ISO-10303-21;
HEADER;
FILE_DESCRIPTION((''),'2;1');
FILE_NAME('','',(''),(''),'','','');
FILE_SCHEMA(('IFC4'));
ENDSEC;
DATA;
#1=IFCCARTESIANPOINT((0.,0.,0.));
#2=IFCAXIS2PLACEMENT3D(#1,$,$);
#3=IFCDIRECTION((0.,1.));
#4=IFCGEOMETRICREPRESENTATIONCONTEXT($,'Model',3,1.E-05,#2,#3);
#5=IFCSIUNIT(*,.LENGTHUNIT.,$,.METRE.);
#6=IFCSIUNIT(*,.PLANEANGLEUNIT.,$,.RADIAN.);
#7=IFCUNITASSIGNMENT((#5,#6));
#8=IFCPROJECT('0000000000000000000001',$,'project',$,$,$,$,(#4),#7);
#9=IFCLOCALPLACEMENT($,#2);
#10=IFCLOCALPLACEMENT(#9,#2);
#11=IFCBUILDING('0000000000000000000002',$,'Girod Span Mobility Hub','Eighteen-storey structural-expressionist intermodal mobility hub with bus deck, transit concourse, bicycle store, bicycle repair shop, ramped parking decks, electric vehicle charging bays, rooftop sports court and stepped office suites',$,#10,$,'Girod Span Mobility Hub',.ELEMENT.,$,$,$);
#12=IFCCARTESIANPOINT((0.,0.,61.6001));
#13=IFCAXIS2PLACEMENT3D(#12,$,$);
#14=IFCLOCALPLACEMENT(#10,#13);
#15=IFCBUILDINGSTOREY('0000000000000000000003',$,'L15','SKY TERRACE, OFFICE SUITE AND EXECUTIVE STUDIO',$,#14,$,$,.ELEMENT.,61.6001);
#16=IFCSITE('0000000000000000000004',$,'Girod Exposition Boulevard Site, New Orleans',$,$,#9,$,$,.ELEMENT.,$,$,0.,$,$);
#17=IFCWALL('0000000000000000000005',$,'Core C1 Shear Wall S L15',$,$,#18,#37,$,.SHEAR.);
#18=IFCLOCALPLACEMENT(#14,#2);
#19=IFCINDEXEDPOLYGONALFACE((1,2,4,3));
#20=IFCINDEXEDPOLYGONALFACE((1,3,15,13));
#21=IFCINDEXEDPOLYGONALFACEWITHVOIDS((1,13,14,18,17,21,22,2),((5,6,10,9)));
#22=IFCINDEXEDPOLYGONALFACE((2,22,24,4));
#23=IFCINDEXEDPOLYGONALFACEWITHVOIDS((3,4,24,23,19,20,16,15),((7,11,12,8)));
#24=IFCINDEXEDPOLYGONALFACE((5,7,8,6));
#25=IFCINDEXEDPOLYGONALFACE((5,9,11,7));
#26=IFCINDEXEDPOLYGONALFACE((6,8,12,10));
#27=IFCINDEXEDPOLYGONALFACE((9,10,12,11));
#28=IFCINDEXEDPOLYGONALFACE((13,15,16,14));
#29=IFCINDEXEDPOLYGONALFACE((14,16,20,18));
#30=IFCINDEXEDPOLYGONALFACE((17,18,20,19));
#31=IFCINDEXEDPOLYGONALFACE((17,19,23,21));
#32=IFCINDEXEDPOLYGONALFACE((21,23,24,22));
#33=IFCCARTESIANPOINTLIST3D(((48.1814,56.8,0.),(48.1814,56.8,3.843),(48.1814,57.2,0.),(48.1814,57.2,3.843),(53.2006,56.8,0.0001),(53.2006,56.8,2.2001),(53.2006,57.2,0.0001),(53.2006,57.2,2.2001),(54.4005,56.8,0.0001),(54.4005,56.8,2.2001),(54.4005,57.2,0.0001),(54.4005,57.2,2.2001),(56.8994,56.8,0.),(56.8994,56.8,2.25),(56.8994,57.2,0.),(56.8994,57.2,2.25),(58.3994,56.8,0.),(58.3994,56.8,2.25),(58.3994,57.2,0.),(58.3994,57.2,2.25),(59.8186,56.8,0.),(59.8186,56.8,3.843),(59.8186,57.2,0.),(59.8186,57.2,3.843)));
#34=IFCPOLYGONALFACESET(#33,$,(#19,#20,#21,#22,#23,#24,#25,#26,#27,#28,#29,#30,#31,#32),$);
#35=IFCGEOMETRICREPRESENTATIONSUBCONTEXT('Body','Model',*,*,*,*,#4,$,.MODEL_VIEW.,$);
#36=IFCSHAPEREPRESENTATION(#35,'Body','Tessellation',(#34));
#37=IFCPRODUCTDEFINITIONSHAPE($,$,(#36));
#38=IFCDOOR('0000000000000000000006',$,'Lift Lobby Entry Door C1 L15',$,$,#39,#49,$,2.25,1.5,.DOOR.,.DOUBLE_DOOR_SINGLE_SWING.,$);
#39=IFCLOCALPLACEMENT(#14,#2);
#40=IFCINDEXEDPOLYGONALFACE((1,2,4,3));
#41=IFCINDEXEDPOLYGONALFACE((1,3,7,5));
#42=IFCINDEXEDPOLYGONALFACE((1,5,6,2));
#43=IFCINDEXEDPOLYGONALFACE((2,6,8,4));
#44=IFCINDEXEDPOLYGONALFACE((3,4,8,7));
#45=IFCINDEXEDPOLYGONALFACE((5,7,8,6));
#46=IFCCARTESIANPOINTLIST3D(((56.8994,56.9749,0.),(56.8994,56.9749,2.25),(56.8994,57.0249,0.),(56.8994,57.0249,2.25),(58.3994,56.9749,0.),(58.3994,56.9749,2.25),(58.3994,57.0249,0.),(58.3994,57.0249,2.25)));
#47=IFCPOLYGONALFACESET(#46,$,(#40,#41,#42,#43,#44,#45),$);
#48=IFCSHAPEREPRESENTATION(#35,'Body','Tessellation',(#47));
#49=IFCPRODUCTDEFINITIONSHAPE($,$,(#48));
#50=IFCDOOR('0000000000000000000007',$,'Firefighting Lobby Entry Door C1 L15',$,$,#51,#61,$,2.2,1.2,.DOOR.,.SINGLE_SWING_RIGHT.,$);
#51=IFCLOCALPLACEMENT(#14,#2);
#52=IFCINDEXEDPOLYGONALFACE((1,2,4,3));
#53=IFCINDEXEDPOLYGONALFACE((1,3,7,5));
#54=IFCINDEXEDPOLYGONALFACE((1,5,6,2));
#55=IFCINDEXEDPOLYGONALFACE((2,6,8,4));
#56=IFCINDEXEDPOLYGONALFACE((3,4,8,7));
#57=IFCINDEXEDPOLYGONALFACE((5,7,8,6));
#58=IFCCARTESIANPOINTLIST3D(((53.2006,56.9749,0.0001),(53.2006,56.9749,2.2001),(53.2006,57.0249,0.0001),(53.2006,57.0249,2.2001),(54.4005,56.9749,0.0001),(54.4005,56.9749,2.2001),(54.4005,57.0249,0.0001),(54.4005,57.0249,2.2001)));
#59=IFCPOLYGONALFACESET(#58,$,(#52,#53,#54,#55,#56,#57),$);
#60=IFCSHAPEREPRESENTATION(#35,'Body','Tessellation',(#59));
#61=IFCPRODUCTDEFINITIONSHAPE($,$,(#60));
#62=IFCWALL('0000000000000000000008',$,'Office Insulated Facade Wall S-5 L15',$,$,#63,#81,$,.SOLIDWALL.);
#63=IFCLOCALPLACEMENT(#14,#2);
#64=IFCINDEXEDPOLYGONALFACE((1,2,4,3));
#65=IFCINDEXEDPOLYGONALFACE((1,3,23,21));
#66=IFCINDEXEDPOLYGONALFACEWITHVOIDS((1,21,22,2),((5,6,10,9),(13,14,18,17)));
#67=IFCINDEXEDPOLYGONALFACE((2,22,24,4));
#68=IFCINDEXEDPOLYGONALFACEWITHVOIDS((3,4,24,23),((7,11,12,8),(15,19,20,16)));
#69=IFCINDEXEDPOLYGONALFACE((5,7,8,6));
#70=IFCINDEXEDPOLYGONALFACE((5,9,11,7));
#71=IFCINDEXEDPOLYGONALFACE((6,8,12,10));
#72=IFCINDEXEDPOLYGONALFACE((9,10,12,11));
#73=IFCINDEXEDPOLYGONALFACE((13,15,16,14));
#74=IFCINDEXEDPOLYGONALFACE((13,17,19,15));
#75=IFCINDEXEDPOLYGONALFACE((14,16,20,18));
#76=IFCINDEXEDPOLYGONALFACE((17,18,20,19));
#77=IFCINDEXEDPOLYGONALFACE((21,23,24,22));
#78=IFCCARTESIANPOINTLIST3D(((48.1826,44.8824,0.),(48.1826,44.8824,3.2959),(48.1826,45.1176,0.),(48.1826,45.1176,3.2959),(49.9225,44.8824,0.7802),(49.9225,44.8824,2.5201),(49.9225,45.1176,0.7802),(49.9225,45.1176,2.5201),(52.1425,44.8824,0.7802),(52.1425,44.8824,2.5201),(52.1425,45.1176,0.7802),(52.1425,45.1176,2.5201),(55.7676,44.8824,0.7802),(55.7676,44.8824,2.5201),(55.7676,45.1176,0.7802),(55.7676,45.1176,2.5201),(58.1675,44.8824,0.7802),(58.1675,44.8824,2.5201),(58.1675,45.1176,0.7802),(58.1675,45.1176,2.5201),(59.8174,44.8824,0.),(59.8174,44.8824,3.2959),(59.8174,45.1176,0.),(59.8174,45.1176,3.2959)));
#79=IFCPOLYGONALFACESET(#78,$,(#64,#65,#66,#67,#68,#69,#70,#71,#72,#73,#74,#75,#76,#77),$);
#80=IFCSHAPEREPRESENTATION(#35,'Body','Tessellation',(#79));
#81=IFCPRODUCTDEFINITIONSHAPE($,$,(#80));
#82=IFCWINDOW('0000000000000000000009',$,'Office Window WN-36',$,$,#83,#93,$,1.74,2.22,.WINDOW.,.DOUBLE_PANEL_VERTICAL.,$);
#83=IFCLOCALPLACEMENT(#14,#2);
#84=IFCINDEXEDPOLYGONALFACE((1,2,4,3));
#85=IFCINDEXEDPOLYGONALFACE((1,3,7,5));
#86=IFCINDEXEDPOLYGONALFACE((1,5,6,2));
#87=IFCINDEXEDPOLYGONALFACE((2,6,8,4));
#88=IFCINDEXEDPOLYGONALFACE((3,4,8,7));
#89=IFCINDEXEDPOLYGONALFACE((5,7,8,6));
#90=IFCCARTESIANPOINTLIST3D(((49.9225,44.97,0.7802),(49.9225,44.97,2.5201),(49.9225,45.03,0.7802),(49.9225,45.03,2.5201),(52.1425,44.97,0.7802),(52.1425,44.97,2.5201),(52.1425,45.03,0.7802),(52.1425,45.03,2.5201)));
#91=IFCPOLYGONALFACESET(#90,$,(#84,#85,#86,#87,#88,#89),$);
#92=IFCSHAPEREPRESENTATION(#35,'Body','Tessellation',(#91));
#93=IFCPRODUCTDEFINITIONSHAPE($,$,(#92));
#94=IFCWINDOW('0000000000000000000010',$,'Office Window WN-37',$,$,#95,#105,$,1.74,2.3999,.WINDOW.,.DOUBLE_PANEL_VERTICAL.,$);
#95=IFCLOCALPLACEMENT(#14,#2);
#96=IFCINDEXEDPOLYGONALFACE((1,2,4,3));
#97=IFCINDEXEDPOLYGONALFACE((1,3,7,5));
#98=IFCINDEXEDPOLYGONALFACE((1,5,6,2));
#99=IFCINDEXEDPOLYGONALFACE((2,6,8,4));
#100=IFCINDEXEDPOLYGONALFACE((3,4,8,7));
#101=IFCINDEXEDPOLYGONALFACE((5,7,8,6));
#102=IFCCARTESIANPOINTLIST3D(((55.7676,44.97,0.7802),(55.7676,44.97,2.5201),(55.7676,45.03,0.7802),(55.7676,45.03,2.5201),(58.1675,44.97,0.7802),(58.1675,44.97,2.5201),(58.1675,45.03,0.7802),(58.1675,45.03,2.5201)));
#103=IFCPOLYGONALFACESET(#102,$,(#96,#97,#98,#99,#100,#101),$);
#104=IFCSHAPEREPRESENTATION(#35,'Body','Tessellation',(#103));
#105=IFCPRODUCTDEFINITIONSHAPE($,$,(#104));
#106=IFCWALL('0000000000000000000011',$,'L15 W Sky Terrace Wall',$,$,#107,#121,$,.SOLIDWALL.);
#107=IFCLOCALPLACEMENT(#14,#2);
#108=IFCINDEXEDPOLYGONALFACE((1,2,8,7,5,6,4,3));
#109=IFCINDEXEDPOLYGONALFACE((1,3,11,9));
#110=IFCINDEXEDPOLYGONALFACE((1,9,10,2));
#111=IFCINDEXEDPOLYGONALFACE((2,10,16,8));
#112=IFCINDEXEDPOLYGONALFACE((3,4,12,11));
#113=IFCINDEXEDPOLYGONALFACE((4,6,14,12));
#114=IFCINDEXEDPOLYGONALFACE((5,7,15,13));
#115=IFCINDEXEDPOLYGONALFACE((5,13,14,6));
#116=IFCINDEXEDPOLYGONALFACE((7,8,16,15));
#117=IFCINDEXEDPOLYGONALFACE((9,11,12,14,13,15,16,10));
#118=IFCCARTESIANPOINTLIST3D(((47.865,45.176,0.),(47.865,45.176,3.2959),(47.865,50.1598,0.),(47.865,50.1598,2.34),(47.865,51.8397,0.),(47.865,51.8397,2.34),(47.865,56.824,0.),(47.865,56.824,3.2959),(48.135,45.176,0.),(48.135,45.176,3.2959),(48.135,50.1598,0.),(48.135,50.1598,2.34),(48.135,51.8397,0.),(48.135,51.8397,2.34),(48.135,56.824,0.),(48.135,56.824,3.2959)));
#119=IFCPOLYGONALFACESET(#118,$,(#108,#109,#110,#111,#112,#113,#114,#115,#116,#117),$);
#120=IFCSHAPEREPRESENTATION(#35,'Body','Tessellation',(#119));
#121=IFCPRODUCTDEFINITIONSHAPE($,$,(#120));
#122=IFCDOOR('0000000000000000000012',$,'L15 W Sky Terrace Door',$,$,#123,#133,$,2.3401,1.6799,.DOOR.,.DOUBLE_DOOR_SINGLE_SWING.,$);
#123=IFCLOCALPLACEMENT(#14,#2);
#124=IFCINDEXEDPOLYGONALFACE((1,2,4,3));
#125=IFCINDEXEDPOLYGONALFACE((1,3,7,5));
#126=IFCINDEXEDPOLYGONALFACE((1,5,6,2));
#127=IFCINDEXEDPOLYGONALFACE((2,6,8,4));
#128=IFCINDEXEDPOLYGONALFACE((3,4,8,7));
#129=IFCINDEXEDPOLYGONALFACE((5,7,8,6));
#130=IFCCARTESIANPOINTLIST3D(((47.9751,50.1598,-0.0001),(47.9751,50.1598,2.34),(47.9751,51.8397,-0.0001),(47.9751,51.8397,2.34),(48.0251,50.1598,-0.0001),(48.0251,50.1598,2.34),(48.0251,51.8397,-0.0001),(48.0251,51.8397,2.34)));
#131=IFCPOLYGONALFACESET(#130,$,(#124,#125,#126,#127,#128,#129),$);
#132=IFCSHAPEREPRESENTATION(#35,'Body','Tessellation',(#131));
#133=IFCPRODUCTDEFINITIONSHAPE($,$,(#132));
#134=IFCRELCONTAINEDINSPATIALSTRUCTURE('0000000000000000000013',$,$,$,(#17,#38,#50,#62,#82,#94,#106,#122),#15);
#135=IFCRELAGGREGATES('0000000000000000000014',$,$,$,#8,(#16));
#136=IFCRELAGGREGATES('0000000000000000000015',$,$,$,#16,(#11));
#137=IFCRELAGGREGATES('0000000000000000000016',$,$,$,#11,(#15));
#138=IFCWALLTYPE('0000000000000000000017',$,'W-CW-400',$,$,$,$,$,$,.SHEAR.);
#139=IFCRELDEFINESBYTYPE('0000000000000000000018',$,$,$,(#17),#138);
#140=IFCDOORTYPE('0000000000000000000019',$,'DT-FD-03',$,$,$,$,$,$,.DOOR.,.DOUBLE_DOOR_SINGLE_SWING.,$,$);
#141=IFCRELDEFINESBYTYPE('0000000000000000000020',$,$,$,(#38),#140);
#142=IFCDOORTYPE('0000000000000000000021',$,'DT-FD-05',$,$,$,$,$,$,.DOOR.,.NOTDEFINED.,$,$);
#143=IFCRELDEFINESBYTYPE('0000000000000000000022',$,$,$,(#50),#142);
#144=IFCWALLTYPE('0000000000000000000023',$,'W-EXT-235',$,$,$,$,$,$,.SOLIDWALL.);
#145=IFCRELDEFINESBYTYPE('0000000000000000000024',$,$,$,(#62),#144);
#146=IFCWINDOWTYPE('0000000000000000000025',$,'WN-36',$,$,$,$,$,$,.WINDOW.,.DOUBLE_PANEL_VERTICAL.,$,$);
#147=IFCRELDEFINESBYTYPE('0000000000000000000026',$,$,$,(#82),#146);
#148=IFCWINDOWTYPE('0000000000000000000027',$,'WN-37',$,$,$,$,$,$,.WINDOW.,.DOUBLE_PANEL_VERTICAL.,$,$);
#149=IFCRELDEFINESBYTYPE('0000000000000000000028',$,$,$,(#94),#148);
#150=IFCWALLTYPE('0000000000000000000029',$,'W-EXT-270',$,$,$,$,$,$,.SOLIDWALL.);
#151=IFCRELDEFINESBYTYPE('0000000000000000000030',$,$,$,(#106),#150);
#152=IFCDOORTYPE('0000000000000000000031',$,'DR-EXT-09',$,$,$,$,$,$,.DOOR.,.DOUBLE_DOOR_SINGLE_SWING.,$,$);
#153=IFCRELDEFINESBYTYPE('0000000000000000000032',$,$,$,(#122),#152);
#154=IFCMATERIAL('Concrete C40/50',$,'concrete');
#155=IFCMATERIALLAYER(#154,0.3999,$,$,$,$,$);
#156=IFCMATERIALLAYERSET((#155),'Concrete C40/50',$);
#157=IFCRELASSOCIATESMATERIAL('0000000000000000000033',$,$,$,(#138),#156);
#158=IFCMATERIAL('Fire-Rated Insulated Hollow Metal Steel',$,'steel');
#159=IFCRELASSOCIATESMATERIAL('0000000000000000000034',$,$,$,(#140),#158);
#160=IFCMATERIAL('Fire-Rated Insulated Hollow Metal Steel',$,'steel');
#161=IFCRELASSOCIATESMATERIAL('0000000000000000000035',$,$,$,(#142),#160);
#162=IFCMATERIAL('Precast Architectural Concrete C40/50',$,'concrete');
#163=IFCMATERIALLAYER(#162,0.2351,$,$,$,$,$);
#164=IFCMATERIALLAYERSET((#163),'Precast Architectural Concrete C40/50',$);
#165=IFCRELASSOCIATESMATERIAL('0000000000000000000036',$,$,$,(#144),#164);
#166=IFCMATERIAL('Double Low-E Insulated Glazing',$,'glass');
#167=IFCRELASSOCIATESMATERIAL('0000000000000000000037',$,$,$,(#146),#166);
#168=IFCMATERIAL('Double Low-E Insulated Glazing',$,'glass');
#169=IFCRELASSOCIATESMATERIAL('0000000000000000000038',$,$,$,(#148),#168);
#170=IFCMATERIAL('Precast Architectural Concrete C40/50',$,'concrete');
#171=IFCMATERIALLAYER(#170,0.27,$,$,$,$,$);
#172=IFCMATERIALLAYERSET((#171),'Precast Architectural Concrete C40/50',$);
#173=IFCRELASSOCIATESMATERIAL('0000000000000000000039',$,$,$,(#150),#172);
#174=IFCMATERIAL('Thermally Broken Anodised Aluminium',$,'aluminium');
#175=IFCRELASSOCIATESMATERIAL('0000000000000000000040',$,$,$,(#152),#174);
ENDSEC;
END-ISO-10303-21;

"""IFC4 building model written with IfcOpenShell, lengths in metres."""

from ifc_helpers import new_model, si_unit, direction, frame, frame_2d, origin, place, context, subcontext, project, spatial, rectangle, extrude, material, layer, layer_set, type_object, element, fill, save


model = new_model("IFC4")

# Units and contexts
model_context = context("Model", 3, precision=1e-05, world=origin(), true_north=direction((0.0, 1.0)))
body_context = subcontext(model_context, "Body", "Model", "MODEL_VIEW")
ifc_project = project(units=[si_unit("LENGTHUNIT", "METRE"), si_unit("PLANEANGLEUNIT", "RADIAN")], contexts=[model_context])

# Site, building, storey
site_placement = place(None, origin())
site = spatial("IfcSite", under=ifc_project, at=site_placement, Name="Girod Exposition Boulevard Site, New Orleans", CompositionType="ELEMENT", RefElevation=0.0)
building_placement = place(site_placement, origin())
building = spatial("IfcBuilding", under=site, at=building_placement, Name="Girod Span Mobility Hub", Description="Eighteen-storey structural-expressionist intermodal mobility hub with bus deck, transit concourse, bicycle store, bicycle repair shop, ramped parking decks, electric vehicle charging bays, rooftop sports court and stepped office suites", LongName="Girod Span Mobility Hub", CompositionType="ELEMENT")
storey_placement = place(building_placement, frame((0.0, 0.0, 61.6001)))
storey = spatial("IfcBuildingStorey", under=building, at=storey_placement, Name="L15", Description="SKY TERRACE, OFFICE SUITE AND EXECUTIVE STUDIO", CompositionType="ELEMENT", Elevation=61.6001)

# Wall, openings, doors
ifc_material_1 = material(Name="Concrete C40/50", Category="concrete")
ifc_layer_1 = layer(ifc_material_1, 0.3999)
ifc_layer_set_1 = layer_set([ifc_layer_1], Name="Concrete C40/50")
wall_type_1 = type_object("IfcWallType", Name="W-CW-400", PredefinedType="SHEAR", material=ifc_layer_set_1)
wall_1_placement = place(storey_placement, frame((48.1814, 57.0, 0.0), z_axis=(0.0, 0.0, 1.0), x_axis=(1.0, 0.0, 0.0)))
wall_1 = element("IfcWall", 1, at=wall_1_placement, inside=storey, type_object=wall_type_1, Name="Core C1 Shear Wall S L15", PredefinedType="SHEAR", context=body_context, shape_type="SweptSolid", body=[
    extrude(rectangle(XDim=11.6372, YDim=0.3999, at=frame_2d((5.8186, 0.0))), origin(), (0.0, 0.0, 1.0), 3.843),
])
opening_1_placement = place(wall_1_placement, frame((5.019, 0.0, 0.0)))
opening_1 = element("IfcOpeningElement", 2, at=opening_1_placement, cuts=wall_1, PredefinedType="OPENING", context=body_context, shape_type="SweptSolid", body=[
    extrude(rectangle(XDim=1.2, YDim=2.2, at=frame_2d((0.6001, 1.1001))), frame((0.0, 0.2148, 0.0), z_axis=(0.0, -1.0, 0.0), x_axis=(1.0, 0.0, 0.0)), (0.0, 0.0, 1.0), 0.4299),
])
opening_2_placement = place(wall_1_placement, frame((8.718, 0.0, 0.0)))
opening_2 = element("IfcOpeningElement", 3, at=opening_2_placement, cuts=wall_1, PredefinedType="OPENING", context=body_context, shape_type="SweptSolid", body=[
    extrude(rectangle(XDim=1.5, YDim=2.25, at=frame_2d((0.75, 1.125))), frame((0.0, 0.2148, 0.0), z_axis=(0.0, -1.0, 0.0), x_axis=(1.0, 0.0, 0.0)), (0.0, 0.0, 1.0), 0.4299),
])
ifc_material_2 = material(Name="Fire-Rated Insulated Hollow Metal Steel", Category="steel")
door_type_1 = type_object("IfcDoorType", Name="DT-FD-03", OperationType="DOUBLE_DOOR_SINGLE_SWING", PredefinedType="DOOR", material=ifc_material_2)
door_1_placement = place(opening_2_placement, origin())
door_1 = element("IfcDoor", 4, at=door_1_placement, inside=storey, type_object=door_type_1, Name="Lift Lobby Entry Door C1 L15", OperationType="DOUBLE_DOOR_SINGLE_SWING", OverallHeight=2.25, OverallWidth=1.5, PredefinedType="DOOR", context=body_context, shape_type="SweptSolid", body=[
    extrude(rectangle(XDim=1.5, YDim=2.25, at=frame_2d((0.75, 1.125))), frame((0.0, 0.0249, 0.0), z_axis=(0.0, -1.0, 0.0), x_axis=(1.0, 0.0, 0.0)), (0.0, 0.0, 1.0), 0.05),
])
fill(opening_2, door_1)
ifc_material_3 = material(Name="Fire-Rated Insulated Hollow Metal Steel", Category="steel")
door_type_2 = type_object("IfcDoorType", Name="DT-FD-05", OperationType="NOTDEFINED", PredefinedType="DOOR", material=ifc_material_3)
door_2_placement = place(opening_1_placement, origin())
door_2 = element("IfcDoor", 5, at=door_2_placement, inside=storey, type_object=door_type_2, Name="Firefighting Lobby Entry Door C1 L15", OperationType="SINGLE_SWING_RIGHT", OverallHeight=2.2, OverallWidth=1.2, PredefinedType="DOOR", context=body_context, shape_type="SweptSolid", body=[
    extrude(rectangle(XDim=1.2, YDim=2.2, at=frame_2d((0.6001, 1.1001))), frame((0.0, 0.0249, 0.0), z_axis=(0.0, -1.0, 0.0), x_axis=(1.0, 0.0, 0.0)), (0.0, 0.0, 1.0), 0.05),
])
fill(opening_1, door_2)

# Wall, openings, windows
ifc_material_4 = material(Name="Precast Architectural Concrete C40/50", Category="concrete")
ifc_layer_2 = layer(ifc_material_4, 0.2351)
ifc_layer_set_2 = layer_set([ifc_layer_2], Name="Precast Architectural Concrete C40/50")
wall_type_2 = type_object("IfcWallType", Name="W-EXT-235", PredefinedType="SOLIDWALL", material=ifc_layer_set_2)
wall_2_placement = place(storey_placement, frame((48.1826, 45.0, 0.0), z_axis=(0.0, 0.0, 1.0), x_axis=(1.0, 0.0, 0.0)))
wall_2 = element("IfcWall", 6, at=wall_2_placement, inside=storey, type_object=wall_type_2, Name="Office Insulated Facade Wall S-5 L15", PredefinedType="SOLIDWALL", context=body_context, shape_type="SweptSolid", body=[
    extrude(rectangle(XDim=11.6348, YDim=0.2351, at=frame_2d((5.8174, 0.0))), origin(), (0.0, 0.0, 1.0), 3.2959),
])
opening_3_placement = place(wall_2_placement, frame((1.74, 0.0, 0.78)))
opening_3 = element("IfcOpeningElement", 7, at=opening_3_placement, cuts=wall_2, PredefinedType="OPENING", context=body_context, shape_type="SweptSolid", body=[
    extrude(rectangle(XDim=2.22, YDim=1.74, at=frame_2d((1.1099, 0.8701))), frame((0.0, 0.1326, 0.0), z_axis=(0.0, -1.0, 0.0), x_axis=(1.0, 0.0, 0.0)), (0.0, 0.0, 1.0), 0.2651),
])
opening_4_placement = place(wall_2_placement, frame((7.585, 0.0, 0.78)))
opening_4 = element("IfcOpeningElement", 8, at=opening_4_placement, cuts=wall_2, PredefinedType="OPENING", context=body_context, shape_type="SweptSolid", body=[
    extrude(rectangle(XDim=2.3999, YDim=1.74, at=frame_2d((1.2, 0.8701))), frame((0.0, 0.1326, 0.0), z_axis=(0.0, -1.0, 0.0), x_axis=(1.0, 0.0, 0.0)), (0.0, 0.0, 1.0), 0.2651),
])
ifc_material_5 = material(Name="Double Low-E Insulated Glazing", Category="glass")
window_type_1 = type_object("IfcWindowType", Name="WN-36", PartitioningType="DOUBLE_PANEL_VERTICAL", PredefinedType="WINDOW", material=ifc_material_5)
window_1_placement = place(opening_3_placement, origin())
window_1 = element("IfcWindow", 9, at=window_1_placement, inside=storey, type_object=window_type_1, Name="Office Window WN-36", OverallHeight=1.74, OverallWidth=2.22, PartitioningType="DOUBLE_PANEL_VERTICAL", PredefinedType="WINDOW", context=body_context, shape_type="SweptSolid", body=[
    extrude(rectangle(XDim=2.22, YDim=1.74, at=frame_2d((1.1099, 0.8701))), frame((0.0, 0.03, 0.0), z_axis=(0.0, -1.0, 0.0), x_axis=(1.0, 0.0, 0.0)), (0.0, 0.0, 1.0), 0.0601),
])
fill(opening_3, window_1)
ifc_material_6 = material(Name="Double Low-E Insulated Glazing", Category="glass")
window_type_2 = type_object("IfcWindowType", Name="WN-37", PartitioningType="DOUBLE_PANEL_VERTICAL", PredefinedType="WINDOW", material=ifc_material_6)
window_2_placement = place(opening_4_placement, origin())
window_2 = element("IfcWindow", 10, at=window_2_placement, inside=storey, type_object=window_type_2, Name="Office Window WN-37", OverallHeight=1.74, OverallWidth=2.3999, PartitioningType="DOUBLE_PANEL_VERTICAL", PredefinedType="WINDOW", context=body_context, shape_type="SweptSolid", body=[
    extrude(rectangle(XDim=2.3999, YDim=1.74, at=frame_2d((1.2, 0.8701))), frame((0.0, 0.03, 0.0), z_axis=(0.0, -1.0, 0.0), x_axis=(1.0, 0.0, 0.0)), (0.0, 0.0, 1.0), 0.0601),
])
fill(opening_4, window_2)

# Wall, opening, door
ifc_material_7 = material(Name="Precast Architectural Concrete C40/50", Category="concrete")
ifc_layer_3 = layer(ifc_material_7, 0.27)
ifc_layer_set_3 = layer_set([ifc_layer_3], Name="Precast Architectural Concrete C40/50")
wall_type_3 = type_object("IfcWallType", Name="W-EXT-270", PredefinedType="SOLIDWALL", material=ifc_layer_set_3)
wall_3_placement = place(storey_placement, frame((48.0, 45.176, 0.0), z_axis=(0.0, 0.0, 1.0), x_axis=(0.0, 1.0, 0.0)))
wall_3 = element("IfcWall", 11, at=wall_3_placement, inside=storey, type_object=wall_type_3, Name="L15 W Sky Terrace Wall", PredefinedType="SOLIDWALL", context=body_context, shape_type="SweptSolid", body=[
    extrude(rectangle(XDim=11.6479, YDim=0.27, at=frame_2d((5.824, 0.0))), origin(), (0.0, 0.0, 1.0), 3.2959),
])
opening_5_placement = place(wall_3_placement, frame((4.9839, 0.0, 0.0)))
opening_5 = element("IfcOpeningElement", 12, at=opening_5_placement, cuts=wall_3, PredefinedType="OPENING", context=body_context, shape_type="SweptSolid", body=[
    extrude(rectangle(XDim=1.6799, YDim=2.3401, at=frame_2d((0.8398, 1.1699))), frame((0.0, 0.1499, 0.0), z_axis=(0.0, -1.0, 0.0), x_axis=(1.0, 0.0, 0.0)), (0.0, 0.0, 1.0), 0.3),
])
ifc_material_8 = material(Name="Thermally Broken Anodised Aluminium", Category="aluminium")
door_type_3 = type_object("IfcDoorType", Name="DR-EXT-09", OperationType="DOUBLE_DOOR_SINGLE_SWING", PredefinedType="DOOR", material=ifc_material_8)
door_3_placement = place(opening_5_placement, origin())
door_3 = element("IfcDoor", 13, at=door_3_placement, inside=storey, type_object=door_type_3, Name="L15 W Sky Terrace Door", OperationType="DOUBLE_DOOR_SINGLE_SWING", OverallHeight=2.3401, OverallWidth=1.6799, PredefinedType="DOOR", context=body_context, shape_type="SweptSolid", body=[
    extrude(rectangle(XDim=1.6799, YDim=2.3401, at=frame_2d((0.8398, 1.1699))), frame((0.0, 0.0249, 0.0), z_axis=(0.0, -1.0, 0.0), x_axis=(1.0, 0.0, 0.0)), (0.0, 0.0, 1.0), 0.05),
])
fill(opening_5, door_3)

save(model, "model.ifc")
